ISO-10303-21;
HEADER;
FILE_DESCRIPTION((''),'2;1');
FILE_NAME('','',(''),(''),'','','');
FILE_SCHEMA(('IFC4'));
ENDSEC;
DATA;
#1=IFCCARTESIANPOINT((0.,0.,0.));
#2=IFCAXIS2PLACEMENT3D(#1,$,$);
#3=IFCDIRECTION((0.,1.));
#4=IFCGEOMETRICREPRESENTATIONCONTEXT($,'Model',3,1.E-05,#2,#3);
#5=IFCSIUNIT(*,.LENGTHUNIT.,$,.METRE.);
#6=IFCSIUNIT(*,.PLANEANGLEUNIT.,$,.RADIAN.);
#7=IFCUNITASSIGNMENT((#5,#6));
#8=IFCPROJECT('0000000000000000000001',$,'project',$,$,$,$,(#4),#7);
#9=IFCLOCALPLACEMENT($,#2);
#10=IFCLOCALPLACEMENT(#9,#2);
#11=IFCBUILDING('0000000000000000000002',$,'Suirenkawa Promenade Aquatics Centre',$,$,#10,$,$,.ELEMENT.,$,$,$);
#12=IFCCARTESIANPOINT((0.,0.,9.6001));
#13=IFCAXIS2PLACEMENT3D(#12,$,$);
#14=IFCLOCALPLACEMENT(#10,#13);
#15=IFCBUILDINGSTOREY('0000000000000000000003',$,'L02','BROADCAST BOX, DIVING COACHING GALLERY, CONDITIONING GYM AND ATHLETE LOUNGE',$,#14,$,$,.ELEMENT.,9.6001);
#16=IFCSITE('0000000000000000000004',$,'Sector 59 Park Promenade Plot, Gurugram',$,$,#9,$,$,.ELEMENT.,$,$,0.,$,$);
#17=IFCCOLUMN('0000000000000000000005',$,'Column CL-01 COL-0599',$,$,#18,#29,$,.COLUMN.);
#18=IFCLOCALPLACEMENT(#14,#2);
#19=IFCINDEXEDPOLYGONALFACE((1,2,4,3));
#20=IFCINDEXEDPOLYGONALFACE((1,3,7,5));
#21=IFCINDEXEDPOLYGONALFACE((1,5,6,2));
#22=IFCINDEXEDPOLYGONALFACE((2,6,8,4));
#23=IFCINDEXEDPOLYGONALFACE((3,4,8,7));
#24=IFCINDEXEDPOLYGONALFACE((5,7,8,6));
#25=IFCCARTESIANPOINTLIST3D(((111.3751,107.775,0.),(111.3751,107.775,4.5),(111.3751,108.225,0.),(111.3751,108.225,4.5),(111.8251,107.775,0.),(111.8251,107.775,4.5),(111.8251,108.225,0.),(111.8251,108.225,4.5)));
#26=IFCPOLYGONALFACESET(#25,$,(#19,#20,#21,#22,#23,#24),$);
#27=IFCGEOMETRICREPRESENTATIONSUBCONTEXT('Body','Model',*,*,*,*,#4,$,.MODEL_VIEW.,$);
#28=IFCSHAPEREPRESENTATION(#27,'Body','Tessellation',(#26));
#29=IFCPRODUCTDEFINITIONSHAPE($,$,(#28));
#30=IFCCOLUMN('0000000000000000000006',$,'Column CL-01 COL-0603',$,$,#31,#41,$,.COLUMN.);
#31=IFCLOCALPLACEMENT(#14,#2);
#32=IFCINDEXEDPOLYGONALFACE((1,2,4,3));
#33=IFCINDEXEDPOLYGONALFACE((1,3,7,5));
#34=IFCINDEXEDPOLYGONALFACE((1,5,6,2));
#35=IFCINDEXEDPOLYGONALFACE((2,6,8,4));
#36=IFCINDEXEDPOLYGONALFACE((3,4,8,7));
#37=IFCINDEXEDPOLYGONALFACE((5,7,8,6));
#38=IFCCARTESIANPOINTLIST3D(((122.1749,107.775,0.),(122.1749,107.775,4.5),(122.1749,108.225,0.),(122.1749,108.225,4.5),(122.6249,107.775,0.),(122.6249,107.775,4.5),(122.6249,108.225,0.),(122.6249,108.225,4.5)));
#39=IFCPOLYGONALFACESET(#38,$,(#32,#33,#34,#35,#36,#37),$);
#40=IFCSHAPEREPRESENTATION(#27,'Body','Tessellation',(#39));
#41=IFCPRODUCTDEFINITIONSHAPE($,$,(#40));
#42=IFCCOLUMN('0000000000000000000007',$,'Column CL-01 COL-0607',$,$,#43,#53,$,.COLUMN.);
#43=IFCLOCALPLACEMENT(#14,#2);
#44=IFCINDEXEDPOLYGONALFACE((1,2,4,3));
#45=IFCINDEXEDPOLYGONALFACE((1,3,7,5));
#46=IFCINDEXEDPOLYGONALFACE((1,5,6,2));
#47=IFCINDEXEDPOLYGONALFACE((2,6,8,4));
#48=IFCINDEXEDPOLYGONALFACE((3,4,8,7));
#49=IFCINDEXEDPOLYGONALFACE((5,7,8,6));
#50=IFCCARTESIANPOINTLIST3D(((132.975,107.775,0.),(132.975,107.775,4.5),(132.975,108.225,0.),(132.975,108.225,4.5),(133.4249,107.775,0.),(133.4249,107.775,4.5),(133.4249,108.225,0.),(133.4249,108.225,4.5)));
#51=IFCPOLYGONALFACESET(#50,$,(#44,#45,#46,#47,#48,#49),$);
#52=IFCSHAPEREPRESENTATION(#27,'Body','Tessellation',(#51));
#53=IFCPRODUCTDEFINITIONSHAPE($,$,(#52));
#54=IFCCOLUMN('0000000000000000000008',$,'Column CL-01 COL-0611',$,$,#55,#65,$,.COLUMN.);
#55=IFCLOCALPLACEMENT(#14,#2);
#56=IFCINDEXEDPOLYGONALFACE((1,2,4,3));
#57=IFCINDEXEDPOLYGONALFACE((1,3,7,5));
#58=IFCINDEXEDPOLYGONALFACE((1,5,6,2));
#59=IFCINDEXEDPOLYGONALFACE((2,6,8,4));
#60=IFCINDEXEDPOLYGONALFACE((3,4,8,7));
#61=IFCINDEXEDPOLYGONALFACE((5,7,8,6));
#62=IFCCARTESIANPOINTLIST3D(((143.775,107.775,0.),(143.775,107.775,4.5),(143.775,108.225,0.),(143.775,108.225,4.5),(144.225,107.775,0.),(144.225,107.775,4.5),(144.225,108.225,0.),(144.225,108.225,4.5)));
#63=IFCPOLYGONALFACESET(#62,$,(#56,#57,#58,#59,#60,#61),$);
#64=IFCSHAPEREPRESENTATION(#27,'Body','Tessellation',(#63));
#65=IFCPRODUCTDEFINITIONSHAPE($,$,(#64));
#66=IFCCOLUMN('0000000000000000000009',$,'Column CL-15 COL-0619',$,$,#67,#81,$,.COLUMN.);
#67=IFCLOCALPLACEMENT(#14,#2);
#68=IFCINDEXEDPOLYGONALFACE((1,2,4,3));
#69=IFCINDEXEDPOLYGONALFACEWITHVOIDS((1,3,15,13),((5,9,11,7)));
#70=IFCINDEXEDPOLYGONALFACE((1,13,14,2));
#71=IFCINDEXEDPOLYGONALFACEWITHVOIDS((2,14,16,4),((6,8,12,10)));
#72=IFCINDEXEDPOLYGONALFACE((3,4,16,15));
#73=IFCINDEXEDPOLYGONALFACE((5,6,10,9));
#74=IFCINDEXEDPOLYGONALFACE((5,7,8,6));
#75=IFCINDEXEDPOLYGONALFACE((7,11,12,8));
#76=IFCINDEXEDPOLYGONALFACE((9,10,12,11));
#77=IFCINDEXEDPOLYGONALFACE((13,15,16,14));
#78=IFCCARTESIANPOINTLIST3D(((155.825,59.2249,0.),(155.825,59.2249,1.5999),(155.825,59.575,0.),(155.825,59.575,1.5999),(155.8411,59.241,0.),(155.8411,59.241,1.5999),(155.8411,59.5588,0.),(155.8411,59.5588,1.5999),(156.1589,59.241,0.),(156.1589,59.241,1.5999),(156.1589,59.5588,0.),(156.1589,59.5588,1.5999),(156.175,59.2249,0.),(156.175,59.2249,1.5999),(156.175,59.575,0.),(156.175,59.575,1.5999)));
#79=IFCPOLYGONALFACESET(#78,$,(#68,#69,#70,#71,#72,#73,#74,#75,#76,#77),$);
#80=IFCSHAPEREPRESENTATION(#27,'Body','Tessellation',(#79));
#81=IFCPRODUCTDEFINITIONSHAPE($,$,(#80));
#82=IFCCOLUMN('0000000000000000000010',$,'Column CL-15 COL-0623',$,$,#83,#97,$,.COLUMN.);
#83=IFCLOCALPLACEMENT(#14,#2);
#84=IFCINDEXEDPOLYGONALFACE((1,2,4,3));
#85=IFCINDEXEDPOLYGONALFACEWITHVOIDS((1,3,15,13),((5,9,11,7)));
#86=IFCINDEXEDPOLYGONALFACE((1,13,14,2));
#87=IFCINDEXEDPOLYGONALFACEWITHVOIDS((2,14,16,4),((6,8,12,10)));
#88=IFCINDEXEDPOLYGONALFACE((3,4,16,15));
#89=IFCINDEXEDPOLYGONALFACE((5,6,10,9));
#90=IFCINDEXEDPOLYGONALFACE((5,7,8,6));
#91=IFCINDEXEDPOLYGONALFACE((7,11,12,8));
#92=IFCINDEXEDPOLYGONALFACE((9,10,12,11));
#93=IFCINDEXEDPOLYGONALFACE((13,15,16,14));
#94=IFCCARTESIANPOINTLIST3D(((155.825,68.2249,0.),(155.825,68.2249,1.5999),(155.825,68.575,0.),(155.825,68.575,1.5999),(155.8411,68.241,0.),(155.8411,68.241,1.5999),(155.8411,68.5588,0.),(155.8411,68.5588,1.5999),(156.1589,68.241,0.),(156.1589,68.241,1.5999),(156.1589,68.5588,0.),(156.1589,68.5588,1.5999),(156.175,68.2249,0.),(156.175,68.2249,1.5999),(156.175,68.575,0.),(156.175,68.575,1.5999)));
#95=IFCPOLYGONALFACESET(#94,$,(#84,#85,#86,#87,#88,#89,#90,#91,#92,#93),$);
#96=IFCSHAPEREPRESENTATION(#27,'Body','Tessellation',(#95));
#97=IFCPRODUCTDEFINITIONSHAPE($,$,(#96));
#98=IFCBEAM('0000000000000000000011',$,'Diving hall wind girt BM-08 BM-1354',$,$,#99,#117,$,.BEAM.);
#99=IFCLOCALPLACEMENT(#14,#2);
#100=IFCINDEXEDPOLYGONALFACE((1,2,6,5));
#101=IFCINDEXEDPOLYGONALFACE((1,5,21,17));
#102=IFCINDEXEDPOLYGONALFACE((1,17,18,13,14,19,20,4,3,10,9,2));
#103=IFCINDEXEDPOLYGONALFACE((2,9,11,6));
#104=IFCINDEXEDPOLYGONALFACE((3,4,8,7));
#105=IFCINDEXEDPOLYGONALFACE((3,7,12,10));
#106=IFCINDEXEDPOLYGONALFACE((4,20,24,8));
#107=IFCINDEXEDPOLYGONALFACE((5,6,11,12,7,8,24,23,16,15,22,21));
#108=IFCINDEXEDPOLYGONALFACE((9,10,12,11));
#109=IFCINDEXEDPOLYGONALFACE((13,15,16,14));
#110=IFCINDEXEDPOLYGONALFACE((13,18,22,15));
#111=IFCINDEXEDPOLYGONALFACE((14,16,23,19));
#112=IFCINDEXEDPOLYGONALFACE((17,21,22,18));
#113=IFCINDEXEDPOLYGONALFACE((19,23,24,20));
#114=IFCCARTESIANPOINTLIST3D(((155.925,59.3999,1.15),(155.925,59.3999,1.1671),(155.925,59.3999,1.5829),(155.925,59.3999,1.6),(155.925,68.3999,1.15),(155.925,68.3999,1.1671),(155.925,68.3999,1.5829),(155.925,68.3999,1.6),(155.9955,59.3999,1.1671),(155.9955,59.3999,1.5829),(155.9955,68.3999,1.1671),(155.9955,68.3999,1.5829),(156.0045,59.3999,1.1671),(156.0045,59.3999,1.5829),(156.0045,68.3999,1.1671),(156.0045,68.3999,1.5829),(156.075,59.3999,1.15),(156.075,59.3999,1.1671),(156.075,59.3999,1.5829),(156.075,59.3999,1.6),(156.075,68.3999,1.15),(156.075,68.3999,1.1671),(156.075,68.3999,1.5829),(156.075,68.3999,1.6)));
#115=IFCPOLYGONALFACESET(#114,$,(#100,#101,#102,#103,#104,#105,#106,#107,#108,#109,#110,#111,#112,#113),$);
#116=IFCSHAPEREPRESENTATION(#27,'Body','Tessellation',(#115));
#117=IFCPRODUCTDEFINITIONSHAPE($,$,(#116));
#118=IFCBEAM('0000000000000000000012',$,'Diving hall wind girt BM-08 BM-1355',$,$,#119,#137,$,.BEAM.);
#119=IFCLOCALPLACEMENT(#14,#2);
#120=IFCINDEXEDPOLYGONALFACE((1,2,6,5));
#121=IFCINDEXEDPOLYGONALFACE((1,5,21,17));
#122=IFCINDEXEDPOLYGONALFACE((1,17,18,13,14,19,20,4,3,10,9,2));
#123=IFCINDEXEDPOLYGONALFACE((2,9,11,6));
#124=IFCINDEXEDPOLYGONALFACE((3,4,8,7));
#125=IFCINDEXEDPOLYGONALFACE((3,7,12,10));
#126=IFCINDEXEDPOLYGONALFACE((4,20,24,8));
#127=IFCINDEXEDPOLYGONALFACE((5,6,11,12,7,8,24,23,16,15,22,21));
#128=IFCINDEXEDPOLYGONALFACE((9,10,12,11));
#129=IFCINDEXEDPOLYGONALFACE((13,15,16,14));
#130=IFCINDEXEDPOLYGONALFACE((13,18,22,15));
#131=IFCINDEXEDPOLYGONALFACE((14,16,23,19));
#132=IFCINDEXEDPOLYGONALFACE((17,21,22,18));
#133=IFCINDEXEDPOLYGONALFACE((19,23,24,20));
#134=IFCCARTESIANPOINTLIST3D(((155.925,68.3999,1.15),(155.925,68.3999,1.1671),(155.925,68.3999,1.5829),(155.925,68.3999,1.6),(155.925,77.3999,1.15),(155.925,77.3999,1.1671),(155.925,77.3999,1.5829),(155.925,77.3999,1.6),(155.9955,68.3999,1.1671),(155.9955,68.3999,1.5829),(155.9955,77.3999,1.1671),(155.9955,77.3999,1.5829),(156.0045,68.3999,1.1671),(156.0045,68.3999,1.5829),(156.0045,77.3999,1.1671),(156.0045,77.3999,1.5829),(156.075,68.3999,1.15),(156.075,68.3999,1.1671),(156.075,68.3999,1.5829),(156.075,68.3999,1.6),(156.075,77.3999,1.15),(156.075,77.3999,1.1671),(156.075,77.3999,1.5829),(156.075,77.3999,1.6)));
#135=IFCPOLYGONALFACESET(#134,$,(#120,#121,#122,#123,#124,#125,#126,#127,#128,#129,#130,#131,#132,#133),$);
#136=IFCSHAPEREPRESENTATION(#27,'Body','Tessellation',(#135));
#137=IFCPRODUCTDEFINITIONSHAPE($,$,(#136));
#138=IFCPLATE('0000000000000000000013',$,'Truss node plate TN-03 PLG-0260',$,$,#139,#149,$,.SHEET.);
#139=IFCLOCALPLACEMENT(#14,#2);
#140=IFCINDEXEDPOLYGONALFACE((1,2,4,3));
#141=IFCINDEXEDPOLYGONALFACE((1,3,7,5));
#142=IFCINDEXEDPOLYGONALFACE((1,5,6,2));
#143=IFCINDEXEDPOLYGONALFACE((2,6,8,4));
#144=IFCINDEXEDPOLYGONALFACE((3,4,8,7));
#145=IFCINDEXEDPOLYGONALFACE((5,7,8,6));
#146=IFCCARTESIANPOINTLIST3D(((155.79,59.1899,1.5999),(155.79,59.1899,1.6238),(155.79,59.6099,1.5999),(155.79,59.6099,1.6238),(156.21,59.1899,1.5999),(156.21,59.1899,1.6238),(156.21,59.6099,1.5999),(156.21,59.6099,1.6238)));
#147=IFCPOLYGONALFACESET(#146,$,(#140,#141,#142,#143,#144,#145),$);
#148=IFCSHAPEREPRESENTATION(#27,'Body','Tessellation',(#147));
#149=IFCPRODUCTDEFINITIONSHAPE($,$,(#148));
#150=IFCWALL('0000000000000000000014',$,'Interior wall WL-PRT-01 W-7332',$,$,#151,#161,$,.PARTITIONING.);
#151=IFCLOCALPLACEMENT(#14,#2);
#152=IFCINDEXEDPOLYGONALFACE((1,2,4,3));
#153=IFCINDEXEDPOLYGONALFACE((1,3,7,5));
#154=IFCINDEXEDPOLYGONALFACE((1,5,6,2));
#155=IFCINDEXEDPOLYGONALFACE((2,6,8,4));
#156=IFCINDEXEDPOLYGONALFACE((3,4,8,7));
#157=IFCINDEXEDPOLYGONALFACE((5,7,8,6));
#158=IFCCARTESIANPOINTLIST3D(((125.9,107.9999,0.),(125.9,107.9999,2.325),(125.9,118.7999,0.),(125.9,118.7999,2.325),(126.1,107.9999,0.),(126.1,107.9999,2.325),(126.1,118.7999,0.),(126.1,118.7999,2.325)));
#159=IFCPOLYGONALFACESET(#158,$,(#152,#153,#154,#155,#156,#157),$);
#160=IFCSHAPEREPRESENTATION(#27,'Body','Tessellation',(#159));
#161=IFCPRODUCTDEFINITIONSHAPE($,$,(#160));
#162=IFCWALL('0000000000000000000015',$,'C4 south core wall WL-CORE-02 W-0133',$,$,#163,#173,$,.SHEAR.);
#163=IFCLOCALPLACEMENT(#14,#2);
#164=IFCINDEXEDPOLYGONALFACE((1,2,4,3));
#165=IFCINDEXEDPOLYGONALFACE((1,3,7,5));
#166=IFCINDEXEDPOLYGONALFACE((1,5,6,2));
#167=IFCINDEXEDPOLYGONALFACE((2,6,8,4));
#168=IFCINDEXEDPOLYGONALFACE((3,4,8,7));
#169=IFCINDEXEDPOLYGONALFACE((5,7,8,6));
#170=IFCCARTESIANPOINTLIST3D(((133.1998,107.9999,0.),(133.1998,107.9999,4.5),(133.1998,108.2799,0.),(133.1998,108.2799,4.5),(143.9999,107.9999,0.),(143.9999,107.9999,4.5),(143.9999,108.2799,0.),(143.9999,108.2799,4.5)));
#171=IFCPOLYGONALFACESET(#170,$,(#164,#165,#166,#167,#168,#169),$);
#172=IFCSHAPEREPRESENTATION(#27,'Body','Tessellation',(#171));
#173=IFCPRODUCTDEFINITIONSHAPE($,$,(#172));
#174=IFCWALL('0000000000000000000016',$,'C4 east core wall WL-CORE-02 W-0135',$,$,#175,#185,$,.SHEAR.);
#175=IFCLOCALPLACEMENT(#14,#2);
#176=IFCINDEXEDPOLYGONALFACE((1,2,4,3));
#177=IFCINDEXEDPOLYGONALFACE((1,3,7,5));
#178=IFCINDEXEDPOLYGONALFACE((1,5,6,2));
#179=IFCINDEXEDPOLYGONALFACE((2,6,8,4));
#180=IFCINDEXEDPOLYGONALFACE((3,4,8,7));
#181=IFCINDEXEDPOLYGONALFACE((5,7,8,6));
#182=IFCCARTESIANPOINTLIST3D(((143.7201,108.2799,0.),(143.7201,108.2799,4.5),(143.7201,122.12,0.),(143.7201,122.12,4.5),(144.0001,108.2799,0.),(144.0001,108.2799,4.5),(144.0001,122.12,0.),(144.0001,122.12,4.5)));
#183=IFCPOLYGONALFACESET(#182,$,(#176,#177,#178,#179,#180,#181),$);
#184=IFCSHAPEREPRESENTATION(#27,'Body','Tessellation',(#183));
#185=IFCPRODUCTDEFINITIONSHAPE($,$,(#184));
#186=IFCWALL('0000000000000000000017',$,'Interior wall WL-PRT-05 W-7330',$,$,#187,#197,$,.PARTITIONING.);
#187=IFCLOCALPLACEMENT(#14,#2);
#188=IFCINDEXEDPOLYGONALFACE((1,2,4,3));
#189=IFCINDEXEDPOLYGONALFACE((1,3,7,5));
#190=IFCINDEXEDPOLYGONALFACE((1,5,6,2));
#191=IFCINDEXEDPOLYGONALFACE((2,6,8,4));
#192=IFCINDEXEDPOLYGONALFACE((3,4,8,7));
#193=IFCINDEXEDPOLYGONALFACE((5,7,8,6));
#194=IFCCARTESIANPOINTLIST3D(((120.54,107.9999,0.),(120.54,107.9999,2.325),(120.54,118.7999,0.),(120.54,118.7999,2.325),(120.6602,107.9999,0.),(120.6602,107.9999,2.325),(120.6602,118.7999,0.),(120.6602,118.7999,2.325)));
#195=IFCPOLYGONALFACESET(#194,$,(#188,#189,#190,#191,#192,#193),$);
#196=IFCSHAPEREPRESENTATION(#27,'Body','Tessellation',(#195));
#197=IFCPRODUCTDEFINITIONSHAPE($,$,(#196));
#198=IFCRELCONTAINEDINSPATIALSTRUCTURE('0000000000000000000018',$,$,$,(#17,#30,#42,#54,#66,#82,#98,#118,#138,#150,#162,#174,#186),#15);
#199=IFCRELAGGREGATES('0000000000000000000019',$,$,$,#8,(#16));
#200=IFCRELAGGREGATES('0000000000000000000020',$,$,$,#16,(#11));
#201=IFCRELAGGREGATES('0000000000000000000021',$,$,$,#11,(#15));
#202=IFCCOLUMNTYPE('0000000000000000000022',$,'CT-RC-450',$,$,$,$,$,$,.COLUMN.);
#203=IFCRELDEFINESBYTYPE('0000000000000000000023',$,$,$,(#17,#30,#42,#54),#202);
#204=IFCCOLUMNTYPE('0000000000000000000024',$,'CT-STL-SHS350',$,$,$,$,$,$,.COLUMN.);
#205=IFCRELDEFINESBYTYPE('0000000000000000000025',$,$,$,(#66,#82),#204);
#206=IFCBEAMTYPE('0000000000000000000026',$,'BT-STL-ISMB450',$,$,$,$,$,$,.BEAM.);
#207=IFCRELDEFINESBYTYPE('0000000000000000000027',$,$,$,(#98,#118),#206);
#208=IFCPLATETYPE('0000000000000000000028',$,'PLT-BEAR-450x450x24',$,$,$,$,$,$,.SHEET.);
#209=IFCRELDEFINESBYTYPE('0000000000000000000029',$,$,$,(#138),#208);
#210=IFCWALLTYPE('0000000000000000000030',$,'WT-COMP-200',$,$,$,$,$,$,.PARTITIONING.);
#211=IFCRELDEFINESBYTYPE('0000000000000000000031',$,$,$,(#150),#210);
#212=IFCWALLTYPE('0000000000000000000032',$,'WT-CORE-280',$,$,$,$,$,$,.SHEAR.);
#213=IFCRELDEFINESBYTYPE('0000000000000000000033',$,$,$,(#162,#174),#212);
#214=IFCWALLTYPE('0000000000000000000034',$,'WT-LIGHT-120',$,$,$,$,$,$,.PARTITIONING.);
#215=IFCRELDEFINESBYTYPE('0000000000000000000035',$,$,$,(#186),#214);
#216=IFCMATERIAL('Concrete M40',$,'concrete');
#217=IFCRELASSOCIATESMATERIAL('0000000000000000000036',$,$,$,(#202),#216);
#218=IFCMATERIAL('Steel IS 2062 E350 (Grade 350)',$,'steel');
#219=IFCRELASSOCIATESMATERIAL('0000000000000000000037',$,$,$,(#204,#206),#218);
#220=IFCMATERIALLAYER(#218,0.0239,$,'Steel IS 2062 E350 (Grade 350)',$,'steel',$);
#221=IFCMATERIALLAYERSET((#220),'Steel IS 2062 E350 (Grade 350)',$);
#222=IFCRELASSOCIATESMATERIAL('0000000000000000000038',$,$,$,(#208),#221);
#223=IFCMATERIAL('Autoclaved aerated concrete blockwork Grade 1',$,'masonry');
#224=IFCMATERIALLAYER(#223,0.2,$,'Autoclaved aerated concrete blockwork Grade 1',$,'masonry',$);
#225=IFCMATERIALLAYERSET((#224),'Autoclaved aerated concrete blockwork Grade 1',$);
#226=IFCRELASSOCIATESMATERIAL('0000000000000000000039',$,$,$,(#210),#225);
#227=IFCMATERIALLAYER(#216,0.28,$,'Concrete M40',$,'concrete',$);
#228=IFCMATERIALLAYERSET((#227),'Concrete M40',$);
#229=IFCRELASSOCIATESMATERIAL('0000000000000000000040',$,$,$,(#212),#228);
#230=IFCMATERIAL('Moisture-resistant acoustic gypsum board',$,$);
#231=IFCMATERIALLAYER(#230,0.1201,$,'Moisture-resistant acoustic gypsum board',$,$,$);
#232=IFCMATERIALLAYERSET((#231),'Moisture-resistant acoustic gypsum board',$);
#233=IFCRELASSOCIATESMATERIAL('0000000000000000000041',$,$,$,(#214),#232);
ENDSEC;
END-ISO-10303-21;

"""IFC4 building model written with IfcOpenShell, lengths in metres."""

from ifc_helpers import new_model, si_unit, direction, frame, frame_2d, origin, origin_2d, place, context, subcontext, project, spatial, rectangle, hollow_rectangle, i_section, extrude, material, layer, layer_set, material_profile, profile_set, type_object, element, save


model = new_model("IFC4")

# Units and contexts
model_context = context("Model", 3, precision=1e-05, world=origin(), true_north=direction((0.0, 1.0)))
body_context = subcontext(model_context, "Body", "Model", "MODEL_VIEW")
ifc_project = project(units=[si_unit("LENGTHUNIT", "METRE"), si_unit("PLANEANGLEUNIT", "RADIAN")], contexts=[model_context])

# Site, building, storey
site_placement = place(None, origin())
site = spatial("IfcSite", under=ifc_project, at=site_placement, Name="Sector 59 Park Promenade Plot, Gurugram", CompositionType="ELEMENT", RefElevation=0.0)
building_placement = place(site_placement, origin())
building = spatial("IfcBuilding", under=site, at=building_placement, Name="Suirenkawa Promenade Aquatics Centre", CompositionType="ELEMENT")
storey_placement = place(building_placement, frame((0.0, 0.0, 9.6001)))
storey = spatial("IfcBuildingStorey", under=building, at=storey_placement, Name="L02", Description="BROADCAST BOX, DIVING COACHING GALLERY, CONDITIONING GYM AND ATHLETE LOUNGE", CompositionType="ELEMENT", Elevation=9.6001)

# Columns
ifc_material_1 = material(Name="Concrete M40", Category="concrete")
ifc_material_profile_1 = material_profile(ifc_material_1, rectangle(XDim=0.45, YDim=0.45, at=origin_2d()), Name="RC COL 450x450", Category="concrete")
ifc_profile_set_1 = profile_set([ifc_material_profile_1], Name="Concrete M40")
column_type_1 = type_object("IfcColumnType", Name="CT-RC-450", PredefinedType="COLUMN", material=ifc_profile_set_1)
for number, where, z_axis, x_axis, name in (
    (1, (111.6001, 108.0, 0.0), (0.0, 0.0, 1.0), (1.0, 0.0, 0.0), "Column CL-01 COL-0599"),
    (2, (122.3999, 108.0, 0.0), (0.0, 0.0, 1.0), (1.0, 0.0, 0.0), "Column CL-01 COL-0603"),
    (3, (133.2, 108.0, 0.0), (0.0, 0.0, 1.0), (1.0, 0.0, 0.0), "Column CL-01 COL-0607"),
    (4, (144.0, 108.0, 0.0), (0.0, 0.0, 1.0), (1.0, 0.0, 0.0), "Column CL-01 COL-0611"),
):
    element("IfcColumn", number, at=place(storey_placement, frame(where, z_axis=z_axis, x_axis=x_axis)), inside=storey, type_object=column_type_1, Name=name, PredefinedType="COLUMN", context=body_context, shape_type="SweptSolid", body=[
        extrude(rectangle(XDim=0.45, YDim=0.45, at=origin_2d()), origin(), (0.0, 0.0, 1.0), 4.5),
    ])
ifc_material_2 = material(Name="Steel IS 2062 E350 (Grade 350)", Category="steel")
ifc_material_profile_2 = material_profile(ifc_material_2, hollow_rectangle(XDim=0.3501, YDim=0.3501, WallThickness=0.0161, at=origin_2d()), Name="SHS 350x350x16", Category="steel")
ifc_profile_set_2 = profile_set([ifc_material_profile_2], Name="Steel IS 2062 E350 (Grade 350)")
column_type_2 = type_object("IfcColumnType", Name="CT-STL-SHS350", PredefinedType="COLUMN", material=ifc_profile_set_2)
for number, where, z_axis, x_axis, name in (
    (5, (156.0, 59.3999, 0.0), (0.0, 0.0, 1.0), (1.0, 0.0, 0.0), "Column CL-15 COL-0619"),
    (6, (156.0, 68.3999, 0.0), (0.0, 0.0, 1.0), (1.0, 0.0, 0.0), "Column CL-15 COL-0623"),
):
    element("IfcColumn", number, at=place(storey_placement, frame(where, z_axis=z_axis, x_axis=x_axis)), inside=storey, type_object=column_type_2, Name=name, PredefinedType="COLUMN", context=body_context, shape_type="SweptSolid", body=[
        extrude(hollow_rectangle(XDim=0.3501, YDim=0.3501, WallThickness=0.0161, at=origin_2d()), origin(), (0.0, 0.0, 1.0), 1.5999),
    ])

# Beams
ifc_material_profile_3 = material_profile(ifc_material_2, i_section(OverallWidth=0.1499, OverallDepth=0.45, WebThickness=0.009, FlangeThickness=0.0171, at=origin_2d()), Name="ISMB 450", Category="steel")
ifc_profile_set_3 = profile_set([ifc_material_profile_3], Name="Steel IS 2062 E350 (Grade 350)")
beam_type = type_object("IfcBeamType", Name="BT-STL-ISMB450", PredefinedType="BEAM", material=ifc_profile_set_3)
for number, where, z_axis, x_axis, name in (
    (7, (156.0, 59.3999, 1.375), (0.0, 1.0, 0.0), (-1.0, 0.0, 0.0), "Diving hall wind girt BM-08 BM-1354"),
    (8, (156.0, 68.3999, 1.375), (0.0, 1.0, 0.0), (-1.0, 0.0, 0.0), "Diving hall wind girt BM-08 BM-1355"),
):
    element("IfcBeam", number, at=place(storey_placement, frame(where, z_axis=z_axis, x_axis=x_axis)), inside=storey, type_object=beam_type, Name=name, PredefinedType="BEAM", context=body_context, shape_type="SweptSolid", body=[
        extrude(i_section(OverallWidth=0.1499, OverallDepth=0.45, WebThickness=0.009, FlangeThickness=0.0171, at=origin_2d()), origin(), (0.0, 0.0, 1.0), 9.0),
    ])

# Plate
ifc_layer_1 = layer(ifc_material_2, 0.0239, Name="Steel IS 2062 E350 (Grade 350)", Category="steel")
ifc_layer_set_1 = layer_set([ifc_layer_1], Name="Steel IS 2062 E350 (Grade 350)")
plate_type = type_object("IfcPlateType", Name="PLT-BEAR-450x450x24", PredefinedType="SHEET", material=ifc_layer_set_1)
plate_placement = place(storey_placement, frame((156.0, 59.3999, 1.5999), z_axis=(0.0, 0.0, 1.0), x_axis=(1.0, 0.0, 0.0)))
element("IfcPlate", 9, at=plate_placement, inside=storey, type_object=plate_type, Name="Truss node plate TN-03 PLG-0260", PredefinedType="SHEET", context=body_context, shape_type="SweptSolid", body=[
    extrude(rectangle(XDim=0.4199, YDim=0.4199, at=origin_2d()), origin(), (0.0, 0.0, 1.0), 0.0239),
])

# Walls
ifc_material_3 = material(Name="Autoclaved aerated concrete blockwork Grade 1", Category="masonry")
ifc_layer_2 = layer(ifc_material_3, 0.2, Name="Autoclaved aerated concrete blockwork Grade 1", Category="masonry")
ifc_layer_set_2 = layer_set([ifc_layer_2], Name="Autoclaved aerated concrete blockwork Grade 1")
wall_type_1 = type_object("IfcWallType", Name="WT-COMP-200", PredefinedType="PARTITIONING", material=ifc_layer_set_2)
wall_1_placement = place(storey_placement, frame((126.0, 108.0, 0.0), z_axis=(0.0, 0.0, 1.0), x_axis=(0.0, 1.0, 0.0)))
element("IfcWall", 10, at=wall_1_placement, inside=storey, type_object=wall_type_1, Name="Interior wall WL-PRT-01 W-7332", PredefinedType="PARTITIONING", context=body_context, shape_type="SweptSolid", body=[
    extrude(rectangle(XDim=10.8, YDim=0.2, at=frame_2d((5.3999, 0.0))), origin(), (0.0, 0.0, 1.0), 2.325),
])
ifc_layer_3 = layer(ifc_material_1, 0.28, Name="Concrete M40", Category="concrete")
ifc_layer_set_3 = layer_set([ifc_layer_3], Name="Concrete M40")
wall_type_2 = type_object("IfcWallType", Name="WT-CORE-280", PredefinedType="SHEAR", material=ifc_layer_set_3)
wall_2_placement = place(storey_placement, frame((133.2, 108.1399, 0.0), z_axis=(0.0, 0.0, 1.0), x_axis=(1.0, 0.0, 0.0)))
element("IfcWall", 11, at=wall_2_placement, inside=storey, type_object=wall_type_2, Name="C4 south core wall WL-CORE-02 W-0133", PredefinedType="SHEAR", context=body_context, shape_type="SweptSolid", body=[
    extrude(rectangle(XDim=10.8, YDim=0.28, at=frame_2d((5.3999, 0.0))), origin(), (0.0, 0.0, 1.0), 4.5),
])
wall_3_placement = place(storey_placement, frame((143.8601, 108.28, 0.0), z_axis=(0.0, 0.0, 1.0), x_axis=(0.0, 1.0, 0.0)))
element("IfcWall", 12, at=wall_3_placement, inside=storey, type_object=wall_type_2, Name="C4 east core wall WL-CORE-02 W-0135", PredefinedType="SHEAR", context=body_context, shape_type="SweptSolid", body=[
    extrude(rectangle(XDim=13.8401, YDim=0.28, at=frame_2d((6.9199, 0.0))), origin(), (0.0, 0.0, 1.0), 4.5),
])
ifc_material_4 = material(Name="Moisture-resistant acoustic gypsum board")
ifc_layer_4 = layer(ifc_material_4, 0.1201, Name="Moisture-resistant acoustic gypsum board")
ifc_layer_set_4 = layer_set([ifc_layer_4], Name="Moisture-resistant acoustic gypsum board")
wall_type_3 = type_object("IfcWallType", Name="WT-LIGHT-120", PredefinedType="PARTITIONING", material=ifc_layer_set_4)
wall_4_placement = place(storey_placement, frame((120.6001, 108.0, 0.0), z_axis=(0.0, 0.0, 1.0), x_axis=(0.0, 1.0, 0.0)))
element("IfcWall", 13, at=wall_4_placement, inside=storey, type_object=wall_type_3, Name="Interior wall WL-PRT-05 W-7330", PredefinedType="PARTITIONING", context=body_context, shape_type="SweptSolid", body=[
    extrude(rectangle(XDim=10.8, YDim=0.1201, at=frame_2d((5.3999, 0.0))), origin(), (0.0, 0.0, 1.0), 2.325),
])

save(model, "model.ifc")
